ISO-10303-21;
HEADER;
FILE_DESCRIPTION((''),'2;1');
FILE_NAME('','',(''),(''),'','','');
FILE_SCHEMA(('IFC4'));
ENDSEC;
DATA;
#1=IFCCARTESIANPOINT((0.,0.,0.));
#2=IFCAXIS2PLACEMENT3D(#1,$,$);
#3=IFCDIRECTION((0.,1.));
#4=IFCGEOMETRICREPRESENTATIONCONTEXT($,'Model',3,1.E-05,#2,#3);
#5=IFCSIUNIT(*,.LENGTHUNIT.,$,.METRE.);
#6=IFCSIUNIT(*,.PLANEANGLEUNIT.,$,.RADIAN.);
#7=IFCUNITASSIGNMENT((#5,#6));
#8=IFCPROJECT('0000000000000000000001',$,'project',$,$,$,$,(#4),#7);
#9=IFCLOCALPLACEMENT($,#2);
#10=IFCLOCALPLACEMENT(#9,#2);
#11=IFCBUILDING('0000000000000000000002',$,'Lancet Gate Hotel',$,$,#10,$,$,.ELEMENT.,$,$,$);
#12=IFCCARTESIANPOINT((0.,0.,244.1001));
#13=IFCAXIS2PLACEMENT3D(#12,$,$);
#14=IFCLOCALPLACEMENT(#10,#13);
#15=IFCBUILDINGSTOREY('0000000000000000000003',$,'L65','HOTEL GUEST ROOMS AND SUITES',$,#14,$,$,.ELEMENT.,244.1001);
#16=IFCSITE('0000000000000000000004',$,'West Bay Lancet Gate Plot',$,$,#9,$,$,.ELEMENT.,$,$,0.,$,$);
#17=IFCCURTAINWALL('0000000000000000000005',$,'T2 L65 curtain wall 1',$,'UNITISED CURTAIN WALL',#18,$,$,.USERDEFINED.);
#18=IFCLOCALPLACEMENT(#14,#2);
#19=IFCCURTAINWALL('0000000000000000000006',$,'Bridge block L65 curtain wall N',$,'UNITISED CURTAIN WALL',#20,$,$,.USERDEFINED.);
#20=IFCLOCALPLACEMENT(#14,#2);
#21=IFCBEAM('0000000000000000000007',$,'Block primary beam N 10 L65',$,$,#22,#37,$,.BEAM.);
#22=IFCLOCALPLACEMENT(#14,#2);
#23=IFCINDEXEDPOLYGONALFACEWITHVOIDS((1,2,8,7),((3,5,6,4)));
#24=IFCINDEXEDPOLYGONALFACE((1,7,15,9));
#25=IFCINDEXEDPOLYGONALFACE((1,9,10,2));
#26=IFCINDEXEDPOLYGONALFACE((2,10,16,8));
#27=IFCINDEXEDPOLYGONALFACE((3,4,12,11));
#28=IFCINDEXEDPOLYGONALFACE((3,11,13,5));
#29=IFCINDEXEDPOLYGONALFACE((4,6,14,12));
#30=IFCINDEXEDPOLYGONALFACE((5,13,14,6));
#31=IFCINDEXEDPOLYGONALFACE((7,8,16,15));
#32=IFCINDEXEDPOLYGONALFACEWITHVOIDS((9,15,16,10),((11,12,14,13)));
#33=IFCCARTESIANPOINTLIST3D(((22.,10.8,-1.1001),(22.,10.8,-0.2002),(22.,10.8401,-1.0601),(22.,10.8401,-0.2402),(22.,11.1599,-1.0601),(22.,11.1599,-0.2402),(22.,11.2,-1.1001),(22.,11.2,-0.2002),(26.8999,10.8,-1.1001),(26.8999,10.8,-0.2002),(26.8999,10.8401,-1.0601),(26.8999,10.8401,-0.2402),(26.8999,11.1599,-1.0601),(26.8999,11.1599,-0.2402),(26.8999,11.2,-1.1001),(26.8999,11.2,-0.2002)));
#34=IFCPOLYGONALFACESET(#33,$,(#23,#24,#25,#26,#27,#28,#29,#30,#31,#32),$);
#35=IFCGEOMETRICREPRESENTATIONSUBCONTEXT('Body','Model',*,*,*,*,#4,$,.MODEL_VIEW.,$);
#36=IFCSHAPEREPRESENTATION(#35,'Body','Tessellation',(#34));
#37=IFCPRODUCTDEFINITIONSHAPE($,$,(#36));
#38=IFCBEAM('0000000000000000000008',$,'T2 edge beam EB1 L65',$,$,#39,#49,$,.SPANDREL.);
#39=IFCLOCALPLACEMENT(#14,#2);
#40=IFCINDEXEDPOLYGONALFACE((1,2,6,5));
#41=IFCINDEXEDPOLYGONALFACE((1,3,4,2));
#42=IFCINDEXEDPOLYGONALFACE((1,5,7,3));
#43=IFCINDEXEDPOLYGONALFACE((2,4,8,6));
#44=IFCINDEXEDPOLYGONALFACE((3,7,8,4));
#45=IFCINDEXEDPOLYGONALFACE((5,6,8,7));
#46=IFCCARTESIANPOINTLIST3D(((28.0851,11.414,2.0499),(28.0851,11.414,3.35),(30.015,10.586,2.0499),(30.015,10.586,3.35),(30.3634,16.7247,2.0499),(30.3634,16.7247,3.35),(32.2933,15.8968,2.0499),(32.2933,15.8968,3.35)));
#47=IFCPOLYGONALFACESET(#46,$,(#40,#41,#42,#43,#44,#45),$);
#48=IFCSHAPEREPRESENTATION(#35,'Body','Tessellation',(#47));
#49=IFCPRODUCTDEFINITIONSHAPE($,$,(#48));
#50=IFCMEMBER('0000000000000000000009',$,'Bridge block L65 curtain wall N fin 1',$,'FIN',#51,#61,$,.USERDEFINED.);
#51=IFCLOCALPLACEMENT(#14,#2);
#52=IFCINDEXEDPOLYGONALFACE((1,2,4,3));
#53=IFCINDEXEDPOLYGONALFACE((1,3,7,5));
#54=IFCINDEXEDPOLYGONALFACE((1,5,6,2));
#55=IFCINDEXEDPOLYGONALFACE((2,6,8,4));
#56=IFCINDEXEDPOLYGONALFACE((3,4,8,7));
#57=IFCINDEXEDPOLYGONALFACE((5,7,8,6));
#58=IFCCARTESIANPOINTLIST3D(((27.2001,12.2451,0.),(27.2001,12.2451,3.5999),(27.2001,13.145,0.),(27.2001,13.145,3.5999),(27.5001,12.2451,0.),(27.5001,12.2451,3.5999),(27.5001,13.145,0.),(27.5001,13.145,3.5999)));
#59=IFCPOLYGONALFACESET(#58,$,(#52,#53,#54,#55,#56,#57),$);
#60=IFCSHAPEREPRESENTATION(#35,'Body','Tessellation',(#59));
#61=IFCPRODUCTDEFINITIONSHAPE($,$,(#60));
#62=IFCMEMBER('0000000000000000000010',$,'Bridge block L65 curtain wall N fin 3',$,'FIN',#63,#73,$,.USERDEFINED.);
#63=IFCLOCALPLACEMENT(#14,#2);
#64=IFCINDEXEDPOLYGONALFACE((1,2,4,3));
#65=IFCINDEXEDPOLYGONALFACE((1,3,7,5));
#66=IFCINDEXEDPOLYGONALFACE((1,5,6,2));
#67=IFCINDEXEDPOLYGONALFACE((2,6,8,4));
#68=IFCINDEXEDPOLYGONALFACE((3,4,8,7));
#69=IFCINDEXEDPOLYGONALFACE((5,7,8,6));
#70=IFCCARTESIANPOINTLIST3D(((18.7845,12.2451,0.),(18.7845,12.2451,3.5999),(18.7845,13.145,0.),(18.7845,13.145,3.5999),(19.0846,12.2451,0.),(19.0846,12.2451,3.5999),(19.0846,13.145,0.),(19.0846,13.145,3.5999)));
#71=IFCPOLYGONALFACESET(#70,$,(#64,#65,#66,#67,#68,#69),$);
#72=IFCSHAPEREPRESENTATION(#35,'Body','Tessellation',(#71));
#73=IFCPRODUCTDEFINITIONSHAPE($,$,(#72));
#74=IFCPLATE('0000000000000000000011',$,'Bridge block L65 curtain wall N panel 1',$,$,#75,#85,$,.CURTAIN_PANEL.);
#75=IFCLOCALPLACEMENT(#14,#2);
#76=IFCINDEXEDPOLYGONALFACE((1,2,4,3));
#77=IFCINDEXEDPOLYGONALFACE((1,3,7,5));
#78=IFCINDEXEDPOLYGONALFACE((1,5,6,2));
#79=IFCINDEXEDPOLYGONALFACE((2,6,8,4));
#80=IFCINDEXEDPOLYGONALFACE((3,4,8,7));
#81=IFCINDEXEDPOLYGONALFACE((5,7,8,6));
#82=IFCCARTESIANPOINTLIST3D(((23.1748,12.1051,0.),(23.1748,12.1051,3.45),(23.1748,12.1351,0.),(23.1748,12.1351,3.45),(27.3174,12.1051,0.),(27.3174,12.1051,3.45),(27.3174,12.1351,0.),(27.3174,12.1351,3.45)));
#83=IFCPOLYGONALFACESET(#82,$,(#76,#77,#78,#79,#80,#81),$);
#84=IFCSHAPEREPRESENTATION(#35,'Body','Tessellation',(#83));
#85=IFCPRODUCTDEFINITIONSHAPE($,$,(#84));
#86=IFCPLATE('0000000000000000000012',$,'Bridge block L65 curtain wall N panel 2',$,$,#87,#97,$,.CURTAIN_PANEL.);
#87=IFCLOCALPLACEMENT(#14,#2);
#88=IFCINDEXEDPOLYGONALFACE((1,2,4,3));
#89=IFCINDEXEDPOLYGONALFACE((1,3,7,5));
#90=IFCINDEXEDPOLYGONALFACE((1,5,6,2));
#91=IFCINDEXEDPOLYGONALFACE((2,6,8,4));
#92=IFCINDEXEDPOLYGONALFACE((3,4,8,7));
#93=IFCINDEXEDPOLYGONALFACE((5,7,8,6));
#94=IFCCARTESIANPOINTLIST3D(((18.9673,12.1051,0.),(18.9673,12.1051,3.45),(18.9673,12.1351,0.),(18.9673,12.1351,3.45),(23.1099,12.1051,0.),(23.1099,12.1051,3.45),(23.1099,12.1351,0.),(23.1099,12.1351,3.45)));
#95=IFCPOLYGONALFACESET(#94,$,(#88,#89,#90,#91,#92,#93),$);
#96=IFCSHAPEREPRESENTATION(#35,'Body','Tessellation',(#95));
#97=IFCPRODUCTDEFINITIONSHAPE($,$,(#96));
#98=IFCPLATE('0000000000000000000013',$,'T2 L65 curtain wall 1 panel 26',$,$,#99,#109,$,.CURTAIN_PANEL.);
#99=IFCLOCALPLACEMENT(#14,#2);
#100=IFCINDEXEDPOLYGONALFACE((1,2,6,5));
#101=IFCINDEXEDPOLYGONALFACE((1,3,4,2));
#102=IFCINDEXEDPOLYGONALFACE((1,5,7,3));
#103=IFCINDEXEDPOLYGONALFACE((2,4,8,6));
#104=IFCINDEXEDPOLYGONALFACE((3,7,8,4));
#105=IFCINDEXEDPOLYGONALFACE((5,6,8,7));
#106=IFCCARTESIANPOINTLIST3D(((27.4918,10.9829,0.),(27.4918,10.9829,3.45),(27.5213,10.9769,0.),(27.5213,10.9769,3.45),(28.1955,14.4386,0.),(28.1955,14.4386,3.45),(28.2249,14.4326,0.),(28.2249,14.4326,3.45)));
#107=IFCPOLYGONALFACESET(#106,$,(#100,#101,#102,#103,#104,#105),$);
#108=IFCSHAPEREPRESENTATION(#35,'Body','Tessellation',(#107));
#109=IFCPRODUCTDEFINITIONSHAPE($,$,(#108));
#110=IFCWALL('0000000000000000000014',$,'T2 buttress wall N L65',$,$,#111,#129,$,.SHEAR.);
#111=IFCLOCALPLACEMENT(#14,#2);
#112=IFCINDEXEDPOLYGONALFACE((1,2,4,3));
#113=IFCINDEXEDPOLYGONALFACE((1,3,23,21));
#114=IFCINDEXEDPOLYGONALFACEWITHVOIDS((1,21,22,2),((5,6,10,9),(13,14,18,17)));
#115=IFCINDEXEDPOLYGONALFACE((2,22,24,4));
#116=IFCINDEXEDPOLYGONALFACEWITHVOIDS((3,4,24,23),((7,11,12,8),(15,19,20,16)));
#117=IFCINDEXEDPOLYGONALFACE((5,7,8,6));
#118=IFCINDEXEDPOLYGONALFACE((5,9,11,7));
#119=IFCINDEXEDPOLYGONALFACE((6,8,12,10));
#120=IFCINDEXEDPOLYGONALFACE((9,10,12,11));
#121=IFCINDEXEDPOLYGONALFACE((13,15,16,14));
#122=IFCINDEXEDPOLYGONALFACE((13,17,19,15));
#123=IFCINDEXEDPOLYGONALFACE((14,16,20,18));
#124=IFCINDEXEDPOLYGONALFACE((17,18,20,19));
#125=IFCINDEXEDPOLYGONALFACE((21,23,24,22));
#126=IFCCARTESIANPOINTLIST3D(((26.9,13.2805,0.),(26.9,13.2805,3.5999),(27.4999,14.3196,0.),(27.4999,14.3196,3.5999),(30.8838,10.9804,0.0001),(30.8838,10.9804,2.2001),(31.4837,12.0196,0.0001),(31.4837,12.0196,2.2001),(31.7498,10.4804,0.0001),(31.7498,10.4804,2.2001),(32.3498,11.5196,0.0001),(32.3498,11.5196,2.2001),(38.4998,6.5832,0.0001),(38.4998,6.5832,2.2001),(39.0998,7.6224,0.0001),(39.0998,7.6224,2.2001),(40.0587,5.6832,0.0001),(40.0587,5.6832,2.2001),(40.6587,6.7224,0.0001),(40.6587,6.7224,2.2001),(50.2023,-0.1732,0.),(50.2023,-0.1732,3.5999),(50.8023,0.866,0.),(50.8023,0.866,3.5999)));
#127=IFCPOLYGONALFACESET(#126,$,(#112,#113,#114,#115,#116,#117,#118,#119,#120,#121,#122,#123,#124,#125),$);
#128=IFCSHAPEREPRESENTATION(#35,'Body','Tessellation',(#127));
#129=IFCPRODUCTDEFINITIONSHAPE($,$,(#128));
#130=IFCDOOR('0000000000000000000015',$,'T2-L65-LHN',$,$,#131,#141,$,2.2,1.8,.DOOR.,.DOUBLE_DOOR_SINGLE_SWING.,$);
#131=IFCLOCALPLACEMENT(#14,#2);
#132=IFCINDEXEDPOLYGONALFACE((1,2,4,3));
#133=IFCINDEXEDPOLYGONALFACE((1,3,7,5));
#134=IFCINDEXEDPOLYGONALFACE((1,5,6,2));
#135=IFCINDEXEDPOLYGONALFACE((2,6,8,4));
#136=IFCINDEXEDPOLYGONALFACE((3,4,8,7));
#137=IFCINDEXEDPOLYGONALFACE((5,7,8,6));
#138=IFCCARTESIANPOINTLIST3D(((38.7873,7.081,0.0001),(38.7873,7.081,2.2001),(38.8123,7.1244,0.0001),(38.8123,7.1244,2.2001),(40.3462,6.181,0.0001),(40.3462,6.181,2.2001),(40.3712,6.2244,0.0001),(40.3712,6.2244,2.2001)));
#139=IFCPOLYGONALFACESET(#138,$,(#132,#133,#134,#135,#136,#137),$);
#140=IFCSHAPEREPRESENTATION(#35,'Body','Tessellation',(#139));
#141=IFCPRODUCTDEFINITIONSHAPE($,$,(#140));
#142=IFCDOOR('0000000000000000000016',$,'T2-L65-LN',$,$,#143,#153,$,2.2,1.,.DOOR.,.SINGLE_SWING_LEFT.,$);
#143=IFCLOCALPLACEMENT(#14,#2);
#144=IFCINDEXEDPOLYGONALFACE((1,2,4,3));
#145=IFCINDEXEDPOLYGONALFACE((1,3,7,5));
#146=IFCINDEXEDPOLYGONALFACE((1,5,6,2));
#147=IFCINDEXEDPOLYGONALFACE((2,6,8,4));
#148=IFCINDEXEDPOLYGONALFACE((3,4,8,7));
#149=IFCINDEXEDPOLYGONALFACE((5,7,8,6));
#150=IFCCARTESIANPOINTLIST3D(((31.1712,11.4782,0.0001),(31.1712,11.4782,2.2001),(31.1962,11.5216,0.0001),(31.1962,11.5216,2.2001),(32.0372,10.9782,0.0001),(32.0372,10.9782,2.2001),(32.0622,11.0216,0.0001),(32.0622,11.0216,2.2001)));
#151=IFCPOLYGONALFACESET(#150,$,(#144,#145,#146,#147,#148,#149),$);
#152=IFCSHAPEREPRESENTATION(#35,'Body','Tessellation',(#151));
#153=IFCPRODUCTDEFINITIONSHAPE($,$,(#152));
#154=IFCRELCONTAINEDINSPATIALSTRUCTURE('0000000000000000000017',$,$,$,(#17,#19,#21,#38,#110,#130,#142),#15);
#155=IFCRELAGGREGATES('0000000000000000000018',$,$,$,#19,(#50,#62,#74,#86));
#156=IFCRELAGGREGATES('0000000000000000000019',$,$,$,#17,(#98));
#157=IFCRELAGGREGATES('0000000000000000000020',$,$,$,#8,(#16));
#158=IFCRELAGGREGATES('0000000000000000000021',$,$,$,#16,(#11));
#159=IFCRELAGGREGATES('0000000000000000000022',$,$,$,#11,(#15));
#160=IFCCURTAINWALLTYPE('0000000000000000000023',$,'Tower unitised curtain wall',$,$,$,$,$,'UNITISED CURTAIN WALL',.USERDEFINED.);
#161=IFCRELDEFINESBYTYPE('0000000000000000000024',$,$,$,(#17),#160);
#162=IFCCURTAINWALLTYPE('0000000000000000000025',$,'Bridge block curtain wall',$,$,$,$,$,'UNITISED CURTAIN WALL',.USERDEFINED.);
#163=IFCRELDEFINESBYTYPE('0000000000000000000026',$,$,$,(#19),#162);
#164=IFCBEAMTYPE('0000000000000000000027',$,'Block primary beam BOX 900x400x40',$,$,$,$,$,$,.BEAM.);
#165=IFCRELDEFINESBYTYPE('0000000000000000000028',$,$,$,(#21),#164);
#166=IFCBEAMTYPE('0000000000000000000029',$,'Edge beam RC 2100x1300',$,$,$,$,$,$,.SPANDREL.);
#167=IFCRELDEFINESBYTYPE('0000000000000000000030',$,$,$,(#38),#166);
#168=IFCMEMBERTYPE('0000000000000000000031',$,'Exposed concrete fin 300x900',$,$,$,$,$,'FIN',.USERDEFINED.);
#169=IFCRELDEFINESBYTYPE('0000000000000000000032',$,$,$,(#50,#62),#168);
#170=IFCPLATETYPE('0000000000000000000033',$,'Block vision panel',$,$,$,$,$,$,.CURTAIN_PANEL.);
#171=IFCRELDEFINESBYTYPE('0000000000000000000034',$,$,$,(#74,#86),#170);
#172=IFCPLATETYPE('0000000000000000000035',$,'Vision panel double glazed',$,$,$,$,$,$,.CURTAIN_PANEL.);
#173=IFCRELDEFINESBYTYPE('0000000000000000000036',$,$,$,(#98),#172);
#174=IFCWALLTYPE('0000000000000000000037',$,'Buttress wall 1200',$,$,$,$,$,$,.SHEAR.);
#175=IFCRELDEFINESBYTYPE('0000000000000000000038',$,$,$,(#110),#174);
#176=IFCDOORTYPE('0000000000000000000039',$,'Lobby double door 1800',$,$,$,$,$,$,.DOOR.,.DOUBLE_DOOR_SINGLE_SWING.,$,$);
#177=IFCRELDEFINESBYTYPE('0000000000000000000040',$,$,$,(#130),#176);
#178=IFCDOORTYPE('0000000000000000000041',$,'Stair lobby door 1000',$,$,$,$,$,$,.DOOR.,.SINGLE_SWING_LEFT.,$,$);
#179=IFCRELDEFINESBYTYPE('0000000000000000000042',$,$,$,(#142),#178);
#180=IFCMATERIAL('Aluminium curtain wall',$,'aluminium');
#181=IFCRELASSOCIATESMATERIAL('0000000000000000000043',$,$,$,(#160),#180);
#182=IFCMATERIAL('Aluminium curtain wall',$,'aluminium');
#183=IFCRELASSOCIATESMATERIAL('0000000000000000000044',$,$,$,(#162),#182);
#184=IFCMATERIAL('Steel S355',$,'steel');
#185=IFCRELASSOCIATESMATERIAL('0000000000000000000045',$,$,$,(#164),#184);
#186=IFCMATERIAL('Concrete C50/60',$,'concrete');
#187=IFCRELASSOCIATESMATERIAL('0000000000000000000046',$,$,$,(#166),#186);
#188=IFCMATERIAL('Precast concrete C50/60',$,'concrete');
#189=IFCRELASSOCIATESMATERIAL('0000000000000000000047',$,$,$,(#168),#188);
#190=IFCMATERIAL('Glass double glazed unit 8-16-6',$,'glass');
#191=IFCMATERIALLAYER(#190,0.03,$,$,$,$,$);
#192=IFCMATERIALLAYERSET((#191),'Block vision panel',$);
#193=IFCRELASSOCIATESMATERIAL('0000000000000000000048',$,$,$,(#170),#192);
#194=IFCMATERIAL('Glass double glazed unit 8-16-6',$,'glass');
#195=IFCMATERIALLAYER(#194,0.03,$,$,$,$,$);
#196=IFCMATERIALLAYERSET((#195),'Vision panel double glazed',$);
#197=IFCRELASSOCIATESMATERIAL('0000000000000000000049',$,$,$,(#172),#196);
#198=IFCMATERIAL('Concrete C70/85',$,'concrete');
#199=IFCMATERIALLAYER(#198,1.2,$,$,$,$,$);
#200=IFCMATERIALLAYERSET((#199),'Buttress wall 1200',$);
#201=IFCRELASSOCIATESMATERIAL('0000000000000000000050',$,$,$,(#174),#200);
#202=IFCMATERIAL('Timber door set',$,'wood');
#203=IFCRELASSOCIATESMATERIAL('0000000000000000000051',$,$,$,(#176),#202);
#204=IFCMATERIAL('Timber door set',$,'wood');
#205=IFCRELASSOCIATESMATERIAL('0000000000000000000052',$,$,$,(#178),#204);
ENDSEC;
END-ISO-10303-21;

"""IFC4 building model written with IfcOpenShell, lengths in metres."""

from ifc_helpers import new_model, si_unit, direction, frame, frame_2d, origin, origin_2d, place, context, subcontext, project, spatial, rectangle, hollow_rectangle, extrude, material, layer, layer_set, material_profile, profile_set, type_object, element, fill, aggregate, save


model = new_model("IFC4")

# Units and contexts
model_context = context("Model", 3, precision=1e-05, world=origin(), true_north=direction((0.0, 1.0)))
body_context = subcontext(model_context, "Body", "Model", "MODEL_VIEW")
ifc_project = project(units=[si_unit("LENGTHUNIT", "METRE"), si_unit("PLANEANGLEUNIT", "RADIAN")], contexts=[model_context])

# Site, building, storey
site_placement = place(None, origin())
site = spatial("IfcSite", under=ifc_project, at=site_placement, Name="West Bay Lancet Gate Plot", CompositionType="ELEMENT", RefElevation=0.0)
building_placement = place(site_placement, origin())
building = spatial("IfcBuilding", under=site, at=building_placement, Name="Lancet Gate Hotel", CompositionType="ELEMENT")
storey_placement = place(building_placement, frame((0.0, 0.0, 244.1001)))
storey = spatial("IfcBuildingStorey", under=building, at=storey_placement, Name="L65", Description="HOTEL GUEST ROOMS AND SUITES", CompositionType="ELEMENT", Elevation=244.1001)

# Curtain wall
ifc_material_1 = material(Name="Aluminium curtain wall", Category="aluminium")
curtain_wall_type_1 = type_object("IfcCurtainWallType", Name="Tower unitised curtain wall", ElementType="UNITISED CURTAIN WALL", PredefinedType="USERDEFINED", material=ifc_material_1)
curtain_wall_1_placement = place(storey_placement, origin())
curtain_wall_1 = element("IfcCurtainWall", 1, at=curtain_wall_1_placement, inside=storey, type_object=curtain_wall_type_1, Name="T2 L65 curtain wall 1", ObjectType="UNITISED CURTAIN WALL", PredefinedType="USERDEFINED")

# Curtain wall
ifc_material_2 = material(Name="Aluminium curtain wall", Category="aluminium")
curtain_wall_type_2 = type_object("IfcCurtainWallType", Name="Bridge block curtain wall", ElementType="UNITISED CURTAIN WALL", PredefinedType="USERDEFINED", material=ifc_material_2)
curtain_wall_2_placement = place(storey_placement, origin())
curtain_wall_2 = element("IfcCurtainWall", 2, at=curtain_wall_2_placement, inside=storey, type_object=curtain_wall_type_2, Name="Bridge block L65 curtain wall N", ObjectType="UNITISED CURTAIN WALL", PredefinedType="USERDEFINED")

# Beams
ifc_material_3 = material(Name="Steel S355", Category="steel")
ifc_material_profile_1 = material_profile(ifc_material_3, hollow_rectangle(XDim=0.3999, YDim=0.8999, WallThickness=0.04, at=origin_2d()), Name="BOX 900x400x40")
ifc_profile_set_1 = profile_set([ifc_material_profile_1], Name="Steel S355")
beam_type_1 = type_object("IfcBeamType", Name="Block primary beam BOX 900x400x40", PredefinedType="BEAM", material=ifc_profile_set_1)
beam_1_placement = place(storey_placement, frame((22.0, 11.0, -0.6501), z_axis=(1.0, 0.0, 0.0), x_axis=(0.0, 1.0, 0.0)))
element("IfcBeam", 3, at=beam_1_placement, inside=storey, type_object=beam_type_1, Name="Block primary beam N 10 L65", PredefinedType="BEAM", context=body_context, shape_type="SweptSolid", body=[
    extrude(hollow_rectangle(XDim=0.3999, YDim=0.8999, WallThickness=0.04, at=origin_2d()), origin(), (0.0, 0.0, 1.0), 4.8999),
])
ifc_material_4 = material(Name="Concrete C50/60", Category="concrete")
ifc_material_profile_2 = material_profile(ifc_material_4, rectangle(XDim=2.1001, YDim=1.3, at=origin_2d()), Name="RC 2100x1300")
ifc_profile_set_2 = profile_set([ifc_material_profile_2], Name="Concrete C50/60")
beam_type_2 = type_object("IfcBeamType", Name="Edge beam RC 2100x1300", PredefinedType="SPANDREL", material=ifc_profile_set_2)
beam_2_placement = place(storey_placement, frame((29.05, 11.0, 2.7), z_axis=(0.394251, 0.919003, 0.0), x_axis=(-0.919003, 0.394251, 0.0)))
element("IfcBeam", 4, at=beam_2_placement, inside=storey, type_object=beam_type_2, Name="T2 edge beam EB1 L65", PredefinedType="SPANDREL", context=body_context, shape_type="SweptSolid", body=[
    extrude(rectangle(XDim=2.1001, YDim=1.3, at=origin_2d()), origin(), (0.0, 0.0, 1.0), 5.7788),
])

# Members
ifc_material_5 = material(Name="Precast concrete C50/60", Category="concrete")
ifc_material_profile_3 = material_profile(ifc_material_5, rectangle(XDim=0.3, YDim=0.8999, at=origin_2d()), Name="FIN 300x900")
ifc_profile_set_3 = profile_set([ifc_material_profile_3], Name="Precast concrete C50/60")
member_type_1 = type_object("IfcMemberType", Name="Exposed concrete fin 300x900", ElementType="FIN", PredefinedType="USERDEFINED", material=ifc_profile_set_3)
member_1_placement = place(storey_placement, frame((27.3501, 12.6951, 0.0), z_axis=(0.0, 0.0, 1.0), x_axis=(-1.0, 0.0, 0.0)))
member_1 = element("IfcMember", 5, at=member_1_placement, type_object=member_type_1, Name="Bridge block L65 curtain wall N fin 1", ObjectType="FIN", PredefinedType="USERDEFINED", context=body_context, shape_type="SweptSolid", body=[
    extrude(rectangle(XDim=0.3, YDim=0.8999, at=origin_2d()), origin(), (0.0, 0.0, 1.0), 3.5999),
])
member_2_placement = place(storey_placement, frame((18.9346, 12.6951, 0.0), z_axis=(0.0, 0.0, 1.0), x_axis=(-1.0, 0.0, 0.0)))
member_2 = element("IfcMember", 6, at=member_2_placement, type_object=member_type_1, Name="Bridge block L65 curtain wall N fin 3", ObjectType="FIN", PredefinedType="USERDEFINED", context=body_context, shape_type="SweptSolid", body=[
    extrude(rectangle(XDim=0.3, YDim=0.8999, at=origin_2d()), origin(), (0.0, 0.0, 1.0), 3.5999),
])

# Plates
ifc_material_6 = material(Name="Glass double glazed unit 8-16-6", Category="glass")
ifc_layer_1 = layer(ifc_material_6, 0.03)
ifc_layer_set_1 = layer_set([ifc_layer_1], Name="Block vision panel")
plate_type_1 = type_object("IfcPlateType", Name="Block vision panel", PredefinedType="CURTAIN_PANEL", material=ifc_layer_set_1)
plate_1_placement = place(storey_placement, frame((25.2461, 12.1201, 0.0), z_axis=(0.0, 0.0, 1.0), x_axis=(-1.0, 0.0, 0.0)))
plate_1 = element("IfcPlate", 7, at=plate_1_placement, type_object=plate_type_1, Name="Bridge block L65 curtain wall N panel 1", PredefinedType="CURTAIN_PANEL", context=body_context, shape_type="SweptSolid", body=[
    extrude(rectangle(XDim=4.1426, YDim=0.03, at=origin_2d()), origin(), (0.0, 0.0, 1.0), 3.45),
])
plate_2_placement = place(storey_placement, frame((21.0386, 12.1201, 0.0), z_axis=(0.0, 0.0, 1.0), x_axis=(-1.0, 0.0, 0.0)))
plate_2 = element("IfcPlate", 8, at=plate_2_placement, type_object=plate_type_1, Name="Bridge block L65 curtain wall N panel 2", PredefinedType="CURTAIN_PANEL", context=body_context, shape_type="SweptSolid", body=[
    extrude(rectangle(XDim=4.1426, YDim=0.03, at=origin_2d()), origin(), (0.0, 0.0, 1.0), 3.45),
])
aggregate(curtain_wall_2, [member_1, member_2, plate_1, plate_2])
ifc_material_7 = material(Name="Glass double glazed unit 8-16-6", Category="glass")
ifc_layer_2 = layer(ifc_material_7, 0.03)
ifc_layer_set_2 = layer_set([ifc_layer_2], Name="Vision panel double glazed")
plate_type_2 = type_object("IfcPlateType", Name="Vision panel double glazed", PredefinedType="CURTAIN_PANEL", material=ifc_layer_set_2)
plate_3_placement = place(storey_placement, frame((27.8584, 12.7078, 0.0), z_axis=(0.0, 0.0, 1.0), x_axis=(-0.199533, -0.979891, 0.0)))
plate_3 = element("IfcPlate", 9, at=plate_3_placement, type_object=plate_type_2, Name="T2 L65 curtain wall 1 panel 26", PredefinedType="CURTAIN_PANEL", context=body_context, shape_type="SweptSolid", body=[
    extrude(rectangle(XDim=3.5266, YDim=0.03, at=origin_2d()), origin(), (0.0, 0.0, 1.0), 3.45),
])
aggregate(curtain_wall_1, [plate_3])

# Wall, openings, doors
ifc_material_8 = material(Name="Concrete C70/85", Category="concrete")
ifc_layer_3 = layer(ifc_material_8, 1.2)
ifc_layer_set_3 = layer_set([ifc_layer_3], Name="Buttress wall 1200")
wall_type_1 = type_object("IfcWallType", Name="Buttress wall 1200", PredefinedType="SHEAR", material=ifc_layer_set_3)
wall_1_placement = place(storey_placement, frame((27.2, 13.8, 0.0), z_axis=(0.0, 0.0, 1.0), x_axis=(0.866025, -0.500002, 0.0)))
wall_1 = element("IfcWall", 10, at=wall_1_placement, inside=storey, type_object=wall_type_1, Name="T2 buttress wall N L65", PredefinedType="SHEAR", context=body_context, shape_type="SweptSolid", body=[
    extrude(rectangle(XDim=26.9072, YDim=1.2, at=frame_2d((13.4536, 0.0))), origin(), (0.0, 0.0, 1.0), 3.5999),
])
opening_1_placement = place(wall_1_placement, frame((4.6001, 0.0, 0.0)))
opening_1 = element("IfcOpeningElement", 11, at=opening_1_placement, cuts=wall_1, PredefinedType="OPENING", context=body_context, shape_type="SweptSolid", body=[
    extrude(rectangle(XDim=1.0, YDim=2.2, at=frame_2d((0.5, 1.1001))), frame((0.0, 0.6099, 0.0), z_axis=(0.0, -1.0, 0.0), x_axis=(1.0, 0.0, 0.0)), (0.0, 0.0, 1.0), 1.22),
])
opening_2_placement = place(wall_1_placement, frame((13.3945, 0.0, 0.0)))
opening_2 = element("IfcOpeningElement", 12, at=opening_2_placement, cuts=wall_1, PredefinedType="OPENING", context=body_context, shape_type="SweptSolid", body=[
    extrude(rectangle(XDim=1.8, YDim=2.2, at=frame_2d((0.8999, 1.1001))), frame((0.0, 0.6099, 0.0), z_axis=(0.0, -1.0, 0.0), x_axis=(1.0, 0.0, 0.0)), (0.0, 0.0, 1.0), 1.22),
])
ifc_material_9 = material(Name="Timber door set", Category="wood")
door_type_1 = type_object("IfcDoorType", Name="Lobby double door 1800", OperationType="DOUBLE_DOOR_SINGLE_SWING", PredefinedType="DOOR", material=ifc_material_9)
door_1_placement = place(opening_2_placement, origin())
door_1 = element("IfcDoor", 13, at=door_1_placement, inside=storey, type_object=door_type_1, Name="T2-L65-LHN", OperationType="DOUBLE_DOOR_SINGLE_SWING", OverallHeight=2.2, OverallWidth=1.8, PredefinedType="DOOR", context=body_context, shape_type="SweptSolid", body=[
    extrude(rectangle(XDim=1.8, YDim=2.2, at=frame_2d((0.8999, 1.1001))), frame((0.0, 0.0249, 0.0), z_axis=(0.0, -1.0, 0.0), x_axis=(1.0, 0.0, 0.0)), (0.0, 0.0, 1.0), 0.05),
])
fill(opening_2, door_1)
ifc_material_10 = material(Name="Timber door set", Category="wood")
door_type_2 = type_object("IfcDoorType", Name="Stair lobby door 1000", OperationType="SINGLE_SWING_LEFT", PredefinedType="DOOR", material=ifc_material_10)
door_2_placement = place(opening_1_placement, origin())
door_2 = element("IfcDoor", 14, at=door_2_placement, inside=storey, type_object=door_type_2, Name="T2-L65-LN", OperationType="SINGLE_SWING_LEFT", OverallHeight=2.2, OverallWidth=1.0, PredefinedType="DOOR", context=body_context, shape_type="SweptSolid", body=[
    extrude(rectangle(XDim=1.0, YDim=2.2, at=frame_2d((0.5, 1.1001))), frame((0.0, 0.0249, 0.0), z_axis=(0.0, -1.0, 0.0), x_axis=(1.0, 0.0, 0.0)), (0.0, 0.0, 1.0), 0.05),
])
fill(opening_1, door_2)

save(model, "model.ifc")
